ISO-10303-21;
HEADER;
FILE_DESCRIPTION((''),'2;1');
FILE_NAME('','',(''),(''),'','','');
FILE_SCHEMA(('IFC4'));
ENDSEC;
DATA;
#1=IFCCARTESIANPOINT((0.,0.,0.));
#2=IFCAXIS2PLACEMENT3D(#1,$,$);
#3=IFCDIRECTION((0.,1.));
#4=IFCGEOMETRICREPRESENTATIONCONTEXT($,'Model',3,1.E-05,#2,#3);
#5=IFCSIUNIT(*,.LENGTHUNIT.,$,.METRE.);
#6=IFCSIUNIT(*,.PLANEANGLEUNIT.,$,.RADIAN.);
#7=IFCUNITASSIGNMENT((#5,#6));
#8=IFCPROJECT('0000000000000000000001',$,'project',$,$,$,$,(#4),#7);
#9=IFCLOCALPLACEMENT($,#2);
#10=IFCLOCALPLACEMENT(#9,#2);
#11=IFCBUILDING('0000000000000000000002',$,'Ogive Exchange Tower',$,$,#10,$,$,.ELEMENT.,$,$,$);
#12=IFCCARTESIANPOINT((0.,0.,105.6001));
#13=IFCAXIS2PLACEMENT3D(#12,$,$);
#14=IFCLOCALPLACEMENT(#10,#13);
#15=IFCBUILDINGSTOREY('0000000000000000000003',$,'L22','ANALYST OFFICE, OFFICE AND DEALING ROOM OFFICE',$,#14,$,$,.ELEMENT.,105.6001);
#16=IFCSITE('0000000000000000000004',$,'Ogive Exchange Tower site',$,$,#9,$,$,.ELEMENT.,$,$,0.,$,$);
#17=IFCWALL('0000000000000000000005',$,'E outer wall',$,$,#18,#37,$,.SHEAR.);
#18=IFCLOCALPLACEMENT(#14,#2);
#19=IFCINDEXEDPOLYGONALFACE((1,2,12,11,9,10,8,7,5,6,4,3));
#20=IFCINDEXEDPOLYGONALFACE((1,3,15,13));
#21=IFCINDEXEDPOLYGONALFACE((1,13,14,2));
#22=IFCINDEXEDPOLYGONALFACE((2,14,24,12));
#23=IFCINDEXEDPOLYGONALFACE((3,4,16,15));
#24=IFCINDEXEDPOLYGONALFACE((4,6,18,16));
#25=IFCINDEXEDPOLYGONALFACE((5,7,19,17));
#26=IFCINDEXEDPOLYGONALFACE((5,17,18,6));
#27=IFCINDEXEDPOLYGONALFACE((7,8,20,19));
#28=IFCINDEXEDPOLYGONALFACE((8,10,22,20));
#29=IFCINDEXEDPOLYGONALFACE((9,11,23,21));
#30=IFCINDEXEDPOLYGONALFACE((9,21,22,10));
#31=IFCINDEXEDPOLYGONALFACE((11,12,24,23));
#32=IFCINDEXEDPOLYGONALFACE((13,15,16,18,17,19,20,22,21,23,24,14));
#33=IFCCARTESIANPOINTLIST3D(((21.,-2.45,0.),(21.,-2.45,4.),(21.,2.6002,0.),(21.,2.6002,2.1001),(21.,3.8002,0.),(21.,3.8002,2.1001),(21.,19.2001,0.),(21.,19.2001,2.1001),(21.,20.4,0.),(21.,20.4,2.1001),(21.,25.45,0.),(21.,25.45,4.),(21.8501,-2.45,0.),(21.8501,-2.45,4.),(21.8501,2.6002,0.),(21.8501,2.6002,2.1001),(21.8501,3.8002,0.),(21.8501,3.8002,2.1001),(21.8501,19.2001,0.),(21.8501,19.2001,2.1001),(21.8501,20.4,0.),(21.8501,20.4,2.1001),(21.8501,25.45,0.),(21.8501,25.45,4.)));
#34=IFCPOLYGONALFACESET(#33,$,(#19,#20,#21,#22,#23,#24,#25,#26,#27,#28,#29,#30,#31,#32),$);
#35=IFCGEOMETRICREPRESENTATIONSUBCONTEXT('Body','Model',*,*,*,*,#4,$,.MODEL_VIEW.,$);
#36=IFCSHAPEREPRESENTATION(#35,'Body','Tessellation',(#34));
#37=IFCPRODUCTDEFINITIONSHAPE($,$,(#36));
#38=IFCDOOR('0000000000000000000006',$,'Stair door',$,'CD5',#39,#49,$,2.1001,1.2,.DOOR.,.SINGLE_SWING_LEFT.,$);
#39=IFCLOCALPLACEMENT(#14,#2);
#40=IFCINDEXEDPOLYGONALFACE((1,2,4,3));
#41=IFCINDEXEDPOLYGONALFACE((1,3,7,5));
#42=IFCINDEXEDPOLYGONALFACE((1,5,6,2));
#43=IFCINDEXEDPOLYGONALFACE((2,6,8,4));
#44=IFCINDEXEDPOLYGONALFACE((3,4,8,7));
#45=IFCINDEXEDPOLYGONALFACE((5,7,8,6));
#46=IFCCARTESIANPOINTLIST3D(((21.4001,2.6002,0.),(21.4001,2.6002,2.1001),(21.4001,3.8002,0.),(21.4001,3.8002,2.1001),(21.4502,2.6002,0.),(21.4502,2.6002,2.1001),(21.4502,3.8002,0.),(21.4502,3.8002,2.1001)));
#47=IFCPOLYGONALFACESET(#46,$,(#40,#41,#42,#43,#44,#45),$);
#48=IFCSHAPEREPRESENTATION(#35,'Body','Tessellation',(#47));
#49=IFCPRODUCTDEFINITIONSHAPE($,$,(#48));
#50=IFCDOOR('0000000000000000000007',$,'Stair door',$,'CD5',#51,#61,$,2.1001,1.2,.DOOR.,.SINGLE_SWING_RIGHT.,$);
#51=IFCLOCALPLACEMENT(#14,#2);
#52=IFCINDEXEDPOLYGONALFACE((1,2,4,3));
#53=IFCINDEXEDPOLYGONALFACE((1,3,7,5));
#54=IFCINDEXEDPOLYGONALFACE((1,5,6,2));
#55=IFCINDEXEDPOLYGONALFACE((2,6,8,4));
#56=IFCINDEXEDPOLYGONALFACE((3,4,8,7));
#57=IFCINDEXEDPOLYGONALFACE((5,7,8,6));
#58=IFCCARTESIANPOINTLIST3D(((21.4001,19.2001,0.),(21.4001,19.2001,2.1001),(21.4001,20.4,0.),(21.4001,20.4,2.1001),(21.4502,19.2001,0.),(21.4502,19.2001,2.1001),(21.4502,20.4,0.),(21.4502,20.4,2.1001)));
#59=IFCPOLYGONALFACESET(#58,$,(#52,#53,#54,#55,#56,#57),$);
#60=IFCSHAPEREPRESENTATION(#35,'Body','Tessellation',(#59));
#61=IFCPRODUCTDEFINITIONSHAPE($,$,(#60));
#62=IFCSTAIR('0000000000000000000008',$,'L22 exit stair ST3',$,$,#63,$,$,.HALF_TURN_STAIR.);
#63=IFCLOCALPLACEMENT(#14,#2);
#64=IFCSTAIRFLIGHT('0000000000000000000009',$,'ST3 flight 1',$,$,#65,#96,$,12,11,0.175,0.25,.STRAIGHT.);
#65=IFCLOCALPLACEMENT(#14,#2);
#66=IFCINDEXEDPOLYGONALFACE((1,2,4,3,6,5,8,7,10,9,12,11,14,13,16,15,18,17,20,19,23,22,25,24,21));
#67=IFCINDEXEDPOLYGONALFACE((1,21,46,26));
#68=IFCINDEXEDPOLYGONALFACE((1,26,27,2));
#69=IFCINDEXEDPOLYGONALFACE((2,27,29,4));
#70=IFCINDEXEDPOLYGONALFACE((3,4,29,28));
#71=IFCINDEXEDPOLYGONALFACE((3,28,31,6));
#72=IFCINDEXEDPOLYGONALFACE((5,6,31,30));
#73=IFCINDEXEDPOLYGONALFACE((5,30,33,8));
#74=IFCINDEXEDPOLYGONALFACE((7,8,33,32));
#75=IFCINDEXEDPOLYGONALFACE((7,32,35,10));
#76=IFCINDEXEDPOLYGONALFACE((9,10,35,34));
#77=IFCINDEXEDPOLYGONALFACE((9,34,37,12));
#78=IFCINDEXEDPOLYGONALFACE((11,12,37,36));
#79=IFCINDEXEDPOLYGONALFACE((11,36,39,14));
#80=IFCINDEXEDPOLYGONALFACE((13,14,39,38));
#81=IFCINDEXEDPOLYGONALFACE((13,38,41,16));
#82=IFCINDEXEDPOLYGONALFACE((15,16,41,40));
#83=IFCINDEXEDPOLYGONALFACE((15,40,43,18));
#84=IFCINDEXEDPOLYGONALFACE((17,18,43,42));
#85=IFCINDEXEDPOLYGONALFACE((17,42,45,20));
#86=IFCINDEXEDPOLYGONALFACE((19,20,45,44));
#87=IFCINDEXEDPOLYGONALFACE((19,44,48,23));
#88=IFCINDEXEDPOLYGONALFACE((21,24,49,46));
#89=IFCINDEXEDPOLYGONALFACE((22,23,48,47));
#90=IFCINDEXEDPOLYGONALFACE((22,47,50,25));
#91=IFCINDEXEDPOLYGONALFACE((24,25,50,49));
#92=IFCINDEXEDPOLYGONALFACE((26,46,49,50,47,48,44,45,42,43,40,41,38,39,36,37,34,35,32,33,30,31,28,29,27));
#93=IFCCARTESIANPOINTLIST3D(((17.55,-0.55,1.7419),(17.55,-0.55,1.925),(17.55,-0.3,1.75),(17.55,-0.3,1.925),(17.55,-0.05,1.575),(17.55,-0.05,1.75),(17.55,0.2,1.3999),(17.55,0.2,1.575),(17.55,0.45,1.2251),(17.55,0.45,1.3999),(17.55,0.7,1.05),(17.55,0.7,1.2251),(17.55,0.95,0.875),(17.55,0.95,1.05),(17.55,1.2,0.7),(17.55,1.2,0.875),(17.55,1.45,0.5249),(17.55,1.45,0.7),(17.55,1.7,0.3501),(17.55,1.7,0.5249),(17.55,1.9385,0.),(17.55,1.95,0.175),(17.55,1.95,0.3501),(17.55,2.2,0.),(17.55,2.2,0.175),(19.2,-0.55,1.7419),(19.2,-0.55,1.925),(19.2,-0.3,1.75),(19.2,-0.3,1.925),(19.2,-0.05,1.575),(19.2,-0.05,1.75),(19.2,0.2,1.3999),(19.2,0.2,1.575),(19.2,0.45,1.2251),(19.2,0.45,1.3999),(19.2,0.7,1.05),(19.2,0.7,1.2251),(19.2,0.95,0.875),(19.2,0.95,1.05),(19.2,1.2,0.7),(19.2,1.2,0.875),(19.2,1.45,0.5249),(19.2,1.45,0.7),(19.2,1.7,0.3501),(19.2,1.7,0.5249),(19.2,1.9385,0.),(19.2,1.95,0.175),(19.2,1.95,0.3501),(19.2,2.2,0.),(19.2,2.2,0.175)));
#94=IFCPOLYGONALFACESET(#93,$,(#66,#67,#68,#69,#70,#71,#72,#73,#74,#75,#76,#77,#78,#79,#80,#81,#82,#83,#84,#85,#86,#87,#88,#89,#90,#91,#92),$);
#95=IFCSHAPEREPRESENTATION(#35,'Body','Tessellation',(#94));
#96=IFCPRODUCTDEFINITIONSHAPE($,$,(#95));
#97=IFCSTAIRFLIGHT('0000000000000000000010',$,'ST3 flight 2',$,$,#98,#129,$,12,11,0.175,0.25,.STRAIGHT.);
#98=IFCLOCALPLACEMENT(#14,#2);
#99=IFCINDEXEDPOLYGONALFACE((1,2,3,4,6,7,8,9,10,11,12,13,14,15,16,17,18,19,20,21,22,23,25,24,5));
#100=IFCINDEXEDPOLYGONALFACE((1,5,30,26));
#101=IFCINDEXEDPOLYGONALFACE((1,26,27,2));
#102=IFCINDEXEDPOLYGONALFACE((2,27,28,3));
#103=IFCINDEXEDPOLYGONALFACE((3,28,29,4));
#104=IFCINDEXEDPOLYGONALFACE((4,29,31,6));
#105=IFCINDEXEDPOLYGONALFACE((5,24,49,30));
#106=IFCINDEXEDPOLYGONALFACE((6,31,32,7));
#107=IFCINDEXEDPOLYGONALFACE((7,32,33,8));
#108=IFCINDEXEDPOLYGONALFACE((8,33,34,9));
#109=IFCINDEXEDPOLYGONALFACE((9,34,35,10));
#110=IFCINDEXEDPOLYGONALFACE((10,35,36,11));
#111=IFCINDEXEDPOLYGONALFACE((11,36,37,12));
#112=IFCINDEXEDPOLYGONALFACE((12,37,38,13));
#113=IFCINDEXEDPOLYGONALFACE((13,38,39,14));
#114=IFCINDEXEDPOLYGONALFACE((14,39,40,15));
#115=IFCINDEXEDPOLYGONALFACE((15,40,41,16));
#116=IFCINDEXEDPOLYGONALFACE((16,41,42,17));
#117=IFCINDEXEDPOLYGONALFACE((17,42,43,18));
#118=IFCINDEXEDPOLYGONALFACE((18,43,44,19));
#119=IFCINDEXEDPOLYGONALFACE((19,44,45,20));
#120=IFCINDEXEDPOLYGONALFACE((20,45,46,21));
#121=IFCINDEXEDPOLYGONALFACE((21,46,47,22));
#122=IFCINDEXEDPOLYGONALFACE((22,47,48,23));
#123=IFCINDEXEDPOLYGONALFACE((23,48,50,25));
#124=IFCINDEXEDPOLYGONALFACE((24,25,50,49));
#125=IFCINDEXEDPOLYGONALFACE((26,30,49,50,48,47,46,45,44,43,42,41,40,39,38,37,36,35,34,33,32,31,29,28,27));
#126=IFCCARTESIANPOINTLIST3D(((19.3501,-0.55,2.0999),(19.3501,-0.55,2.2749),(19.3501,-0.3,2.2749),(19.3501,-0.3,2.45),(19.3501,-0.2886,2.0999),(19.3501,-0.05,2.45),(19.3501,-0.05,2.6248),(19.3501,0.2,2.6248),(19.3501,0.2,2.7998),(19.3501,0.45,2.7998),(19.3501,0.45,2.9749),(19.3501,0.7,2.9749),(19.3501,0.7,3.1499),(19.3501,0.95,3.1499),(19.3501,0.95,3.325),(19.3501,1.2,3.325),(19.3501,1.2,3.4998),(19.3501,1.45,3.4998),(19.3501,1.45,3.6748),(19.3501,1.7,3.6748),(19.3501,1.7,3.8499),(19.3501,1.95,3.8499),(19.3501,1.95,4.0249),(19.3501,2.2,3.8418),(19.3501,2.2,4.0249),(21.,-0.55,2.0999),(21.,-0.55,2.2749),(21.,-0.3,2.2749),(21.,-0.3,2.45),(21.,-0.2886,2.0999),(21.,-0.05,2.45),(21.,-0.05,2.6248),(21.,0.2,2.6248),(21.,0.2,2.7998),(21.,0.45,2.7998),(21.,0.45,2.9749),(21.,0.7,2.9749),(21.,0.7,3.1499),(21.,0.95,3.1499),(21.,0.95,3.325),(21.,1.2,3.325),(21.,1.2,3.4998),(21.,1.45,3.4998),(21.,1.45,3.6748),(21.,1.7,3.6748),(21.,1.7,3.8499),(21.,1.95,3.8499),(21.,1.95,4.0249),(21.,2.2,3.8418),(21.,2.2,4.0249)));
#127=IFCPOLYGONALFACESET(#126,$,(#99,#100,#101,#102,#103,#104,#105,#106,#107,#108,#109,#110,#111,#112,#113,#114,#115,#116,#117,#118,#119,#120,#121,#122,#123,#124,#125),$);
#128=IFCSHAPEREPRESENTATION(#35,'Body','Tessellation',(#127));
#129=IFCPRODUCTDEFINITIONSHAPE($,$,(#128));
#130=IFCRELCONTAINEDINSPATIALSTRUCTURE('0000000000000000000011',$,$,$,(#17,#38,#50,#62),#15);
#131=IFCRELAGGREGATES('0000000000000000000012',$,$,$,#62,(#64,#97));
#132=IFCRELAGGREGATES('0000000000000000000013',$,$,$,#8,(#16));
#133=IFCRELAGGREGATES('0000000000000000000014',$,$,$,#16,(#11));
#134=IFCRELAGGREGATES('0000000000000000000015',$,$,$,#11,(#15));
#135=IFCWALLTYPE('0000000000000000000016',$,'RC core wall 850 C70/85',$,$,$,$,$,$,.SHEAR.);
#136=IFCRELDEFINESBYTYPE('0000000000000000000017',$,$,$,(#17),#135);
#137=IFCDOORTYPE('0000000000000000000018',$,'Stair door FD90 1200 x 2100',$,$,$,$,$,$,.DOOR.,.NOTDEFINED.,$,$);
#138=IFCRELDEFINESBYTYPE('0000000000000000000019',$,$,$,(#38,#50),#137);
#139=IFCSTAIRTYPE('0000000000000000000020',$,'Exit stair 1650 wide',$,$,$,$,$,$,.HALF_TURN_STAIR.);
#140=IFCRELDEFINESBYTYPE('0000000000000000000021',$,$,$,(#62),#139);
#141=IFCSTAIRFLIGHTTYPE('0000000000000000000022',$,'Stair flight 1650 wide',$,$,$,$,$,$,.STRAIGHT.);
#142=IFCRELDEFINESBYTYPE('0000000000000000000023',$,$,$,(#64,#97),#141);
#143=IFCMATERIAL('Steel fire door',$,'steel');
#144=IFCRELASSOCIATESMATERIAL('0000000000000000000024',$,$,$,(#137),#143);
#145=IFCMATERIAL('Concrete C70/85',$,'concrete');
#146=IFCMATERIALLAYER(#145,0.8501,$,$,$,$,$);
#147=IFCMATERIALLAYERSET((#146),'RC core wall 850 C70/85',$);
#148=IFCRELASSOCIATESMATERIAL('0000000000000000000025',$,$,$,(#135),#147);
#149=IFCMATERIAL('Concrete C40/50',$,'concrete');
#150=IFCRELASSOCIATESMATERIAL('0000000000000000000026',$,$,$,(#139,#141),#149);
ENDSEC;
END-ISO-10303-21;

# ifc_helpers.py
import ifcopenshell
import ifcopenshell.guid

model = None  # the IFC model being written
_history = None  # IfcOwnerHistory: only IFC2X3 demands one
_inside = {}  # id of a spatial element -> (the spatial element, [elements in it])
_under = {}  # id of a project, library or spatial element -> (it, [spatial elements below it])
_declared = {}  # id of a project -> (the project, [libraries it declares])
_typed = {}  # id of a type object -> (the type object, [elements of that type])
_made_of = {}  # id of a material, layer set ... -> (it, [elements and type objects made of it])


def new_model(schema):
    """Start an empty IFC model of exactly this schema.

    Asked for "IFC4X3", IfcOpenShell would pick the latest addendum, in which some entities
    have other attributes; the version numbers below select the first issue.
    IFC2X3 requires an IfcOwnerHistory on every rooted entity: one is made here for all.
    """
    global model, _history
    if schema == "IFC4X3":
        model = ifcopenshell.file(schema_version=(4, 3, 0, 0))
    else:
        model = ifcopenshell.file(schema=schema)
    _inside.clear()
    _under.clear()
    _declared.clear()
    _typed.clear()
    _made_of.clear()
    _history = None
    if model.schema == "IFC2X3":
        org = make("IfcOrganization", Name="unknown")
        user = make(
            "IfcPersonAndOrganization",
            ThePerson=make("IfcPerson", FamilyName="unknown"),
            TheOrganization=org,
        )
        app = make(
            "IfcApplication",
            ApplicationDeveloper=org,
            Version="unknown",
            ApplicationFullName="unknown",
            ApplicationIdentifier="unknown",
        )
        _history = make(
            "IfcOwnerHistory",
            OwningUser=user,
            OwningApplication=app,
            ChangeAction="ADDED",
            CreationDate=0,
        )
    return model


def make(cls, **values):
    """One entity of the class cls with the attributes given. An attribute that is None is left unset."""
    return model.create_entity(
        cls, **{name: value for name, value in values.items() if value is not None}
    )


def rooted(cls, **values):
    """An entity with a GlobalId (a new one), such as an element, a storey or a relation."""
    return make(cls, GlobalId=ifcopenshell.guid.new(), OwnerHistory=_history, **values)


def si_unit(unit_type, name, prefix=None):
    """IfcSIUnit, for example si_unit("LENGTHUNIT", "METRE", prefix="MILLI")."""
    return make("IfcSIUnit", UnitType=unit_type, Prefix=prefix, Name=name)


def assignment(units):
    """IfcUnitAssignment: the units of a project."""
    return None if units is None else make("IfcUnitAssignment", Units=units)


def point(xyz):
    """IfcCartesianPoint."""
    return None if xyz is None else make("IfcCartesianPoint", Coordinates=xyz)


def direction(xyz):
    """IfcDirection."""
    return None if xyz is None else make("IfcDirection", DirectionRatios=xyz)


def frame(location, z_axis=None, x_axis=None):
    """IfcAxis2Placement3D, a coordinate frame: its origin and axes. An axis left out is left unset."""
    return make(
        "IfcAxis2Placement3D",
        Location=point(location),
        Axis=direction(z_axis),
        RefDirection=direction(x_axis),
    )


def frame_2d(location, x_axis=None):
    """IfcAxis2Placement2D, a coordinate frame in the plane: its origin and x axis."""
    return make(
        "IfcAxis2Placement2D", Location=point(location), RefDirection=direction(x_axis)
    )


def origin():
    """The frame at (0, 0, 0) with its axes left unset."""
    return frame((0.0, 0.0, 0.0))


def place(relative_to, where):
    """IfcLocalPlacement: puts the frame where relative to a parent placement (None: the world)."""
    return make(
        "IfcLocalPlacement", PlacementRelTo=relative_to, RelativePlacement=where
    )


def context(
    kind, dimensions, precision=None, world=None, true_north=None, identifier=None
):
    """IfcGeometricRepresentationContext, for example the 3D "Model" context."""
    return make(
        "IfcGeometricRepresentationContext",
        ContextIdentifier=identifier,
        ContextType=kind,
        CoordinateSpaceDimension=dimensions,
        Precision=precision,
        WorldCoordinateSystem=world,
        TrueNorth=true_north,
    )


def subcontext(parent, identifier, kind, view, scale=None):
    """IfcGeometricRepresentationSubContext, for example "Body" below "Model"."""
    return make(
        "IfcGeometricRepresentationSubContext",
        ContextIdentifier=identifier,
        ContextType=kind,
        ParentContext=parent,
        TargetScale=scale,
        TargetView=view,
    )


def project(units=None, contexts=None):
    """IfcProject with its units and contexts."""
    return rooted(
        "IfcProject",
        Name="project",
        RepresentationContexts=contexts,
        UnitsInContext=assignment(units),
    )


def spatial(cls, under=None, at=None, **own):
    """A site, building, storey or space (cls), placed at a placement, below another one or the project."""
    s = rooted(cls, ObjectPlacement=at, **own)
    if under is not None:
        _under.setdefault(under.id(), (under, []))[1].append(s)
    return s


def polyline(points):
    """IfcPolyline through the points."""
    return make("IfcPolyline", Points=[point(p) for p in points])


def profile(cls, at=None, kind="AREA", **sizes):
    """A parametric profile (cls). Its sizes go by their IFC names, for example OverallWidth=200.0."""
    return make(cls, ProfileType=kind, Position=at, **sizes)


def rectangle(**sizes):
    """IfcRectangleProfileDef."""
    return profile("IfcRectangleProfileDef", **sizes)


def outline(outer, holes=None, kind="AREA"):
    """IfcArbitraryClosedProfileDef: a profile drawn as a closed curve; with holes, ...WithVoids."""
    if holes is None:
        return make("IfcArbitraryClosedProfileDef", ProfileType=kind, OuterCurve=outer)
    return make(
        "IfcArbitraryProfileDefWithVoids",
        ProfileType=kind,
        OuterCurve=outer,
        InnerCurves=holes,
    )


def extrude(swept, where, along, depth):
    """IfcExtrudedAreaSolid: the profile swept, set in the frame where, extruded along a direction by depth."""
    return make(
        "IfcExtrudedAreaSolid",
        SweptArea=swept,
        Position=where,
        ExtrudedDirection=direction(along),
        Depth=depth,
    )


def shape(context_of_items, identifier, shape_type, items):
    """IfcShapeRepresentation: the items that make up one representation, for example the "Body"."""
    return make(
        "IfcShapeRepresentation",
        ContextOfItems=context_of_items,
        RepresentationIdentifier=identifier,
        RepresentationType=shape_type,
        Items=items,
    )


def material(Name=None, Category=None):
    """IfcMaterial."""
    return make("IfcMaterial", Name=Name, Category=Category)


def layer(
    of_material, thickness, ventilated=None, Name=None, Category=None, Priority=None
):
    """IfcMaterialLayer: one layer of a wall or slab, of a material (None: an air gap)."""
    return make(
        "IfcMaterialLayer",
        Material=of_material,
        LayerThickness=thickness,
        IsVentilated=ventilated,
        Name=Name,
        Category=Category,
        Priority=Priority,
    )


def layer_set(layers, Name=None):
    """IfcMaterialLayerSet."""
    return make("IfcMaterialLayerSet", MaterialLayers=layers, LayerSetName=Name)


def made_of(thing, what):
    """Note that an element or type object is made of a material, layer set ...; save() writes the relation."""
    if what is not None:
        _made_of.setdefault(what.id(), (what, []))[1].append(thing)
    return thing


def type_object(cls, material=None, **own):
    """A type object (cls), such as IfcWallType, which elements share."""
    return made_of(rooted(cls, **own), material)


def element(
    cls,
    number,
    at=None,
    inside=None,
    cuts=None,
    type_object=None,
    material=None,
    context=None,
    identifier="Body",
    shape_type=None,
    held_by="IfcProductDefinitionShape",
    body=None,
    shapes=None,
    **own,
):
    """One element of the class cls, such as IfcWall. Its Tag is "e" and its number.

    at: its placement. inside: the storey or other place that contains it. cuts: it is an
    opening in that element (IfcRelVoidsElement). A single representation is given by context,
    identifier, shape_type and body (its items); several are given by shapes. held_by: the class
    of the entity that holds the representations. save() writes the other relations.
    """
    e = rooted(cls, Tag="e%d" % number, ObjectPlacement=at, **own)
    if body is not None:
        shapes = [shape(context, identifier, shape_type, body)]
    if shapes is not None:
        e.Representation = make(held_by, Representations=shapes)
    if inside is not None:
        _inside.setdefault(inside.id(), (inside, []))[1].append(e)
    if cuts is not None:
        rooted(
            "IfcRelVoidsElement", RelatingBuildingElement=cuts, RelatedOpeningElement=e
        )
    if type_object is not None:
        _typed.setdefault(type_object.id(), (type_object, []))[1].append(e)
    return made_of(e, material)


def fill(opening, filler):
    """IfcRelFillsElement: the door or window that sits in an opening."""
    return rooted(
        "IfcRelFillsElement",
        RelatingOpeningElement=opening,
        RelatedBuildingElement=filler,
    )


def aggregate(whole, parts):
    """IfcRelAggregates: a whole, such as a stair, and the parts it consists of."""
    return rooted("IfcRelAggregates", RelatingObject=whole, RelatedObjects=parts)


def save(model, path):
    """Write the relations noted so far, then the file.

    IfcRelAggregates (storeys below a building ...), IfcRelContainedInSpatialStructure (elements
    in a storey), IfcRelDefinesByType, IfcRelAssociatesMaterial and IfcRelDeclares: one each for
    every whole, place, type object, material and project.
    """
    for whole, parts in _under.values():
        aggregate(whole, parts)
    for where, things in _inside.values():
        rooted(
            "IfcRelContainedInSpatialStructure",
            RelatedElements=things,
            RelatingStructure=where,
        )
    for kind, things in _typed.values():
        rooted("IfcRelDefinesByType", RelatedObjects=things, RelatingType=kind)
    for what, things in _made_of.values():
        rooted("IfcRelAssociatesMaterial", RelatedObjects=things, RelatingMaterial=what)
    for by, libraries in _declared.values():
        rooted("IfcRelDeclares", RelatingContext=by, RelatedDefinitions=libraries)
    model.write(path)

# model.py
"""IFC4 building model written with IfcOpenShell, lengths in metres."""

from ifc_helpers import new_model, si_unit, direction, frame, frame_2d, origin, place, context, subcontext, project, spatial, polyline, rectangle, outline, extrude, material, layer, layer_set, type_object, element, fill, aggregate, save


model = new_model("IFC4")

# Units and contexts
model_context = context("Model", 3, precision=1e-05, world=origin(), true_north=direction((0.0, 1.0)))
body_context = subcontext(model_context, "Body", "Model", "MODEL_VIEW")
ifc_project = project(units=[si_unit("LENGTHUNIT", "METRE"), si_unit("PLANEANGLEUNIT", "RADIAN")], contexts=[model_context])

# Site, building, storey
site_placement = place(None, origin())
site = spatial("IfcSite", under=ifc_project, at=site_placement, Name="Ogive Exchange Tower site", CompositionType="ELEMENT", RefElevation=0.0)
building_placement = place(site_placement, origin())
building = spatial("IfcBuilding", under=site, at=building_placement, Name="Ogive Exchange Tower", CompositionType="ELEMENT")
storey_placement = place(building_placement, frame((0.0, 0.0, 105.6001)))
storey = spatial("IfcBuildingStorey", under=building, at=storey_placement, Name="L22", Description="ANALYST OFFICE, OFFICE AND DEALING ROOM OFFICE", CompositionType="ELEMENT", Elevation=105.6001)

# Shared definitions
ifc_material_1 = material(Name="Concrete C70/85", Category="concrete")
ifc_material_2 = material(Name="Steel fire door", Category="steel")
door_type_1 = type_object("IfcDoorType", Name="Stair door FD90 1200 x 2100", OperationType="NOTDEFINED", PredefinedType="DOOR", material=ifc_material_2)

# Wall, openings, doors
ifc_layer_1 = layer(ifc_material_1, 0.8501)
ifc_layer_set_1 = layer_set([ifc_layer_1], Name="RC core wall 850 C70/85")
wall_type_1 = type_object("IfcWallType", Name="RC core wall 850 C70/85", PredefinedType="SHEAR", material=ifc_layer_set_1)
wall_1_placement = place(storey_placement, frame((21.425, -2.45, 0.0), z_axis=(0.0, 0.0, 1.0), x_axis=(0.0, 1.0, 0.0)))
wall_1 = element("IfcWall", 1, at=wall_1_placement, inside=storey, type_object=wall_type_1, Name="E outer wall", PredefinedType="SHEAR", context=body_context, shape_type="SweptSolid", body=[
    extrude(rectangle(XDim=27.8999, YDim=0.8501, at=frame_2d((13.95, 0.0))), origin(), (0.0, 0.0, 1.0), 4.0),
])
opening_1_placement = place(wall_1_placement, frame((5.05, 0.0, 0.0)))
opening_1 = element("IfcOpeningElement", 2, at=opening_1_placement, cuts=wall_1, PredefinedType="OPENING", context=body_context, shape_type="SweptSolid", body=[
    extrude(rectangle(XDim=1.2, YDim=2.1001, at=frame_2d((0.6001, 1.05))), frame((0.0, 0.4351, 0.0), z_axis=(0.0, -1.0, 0.0), x_axis=(1.0, 0.0, 0.0)), (0.0, 0.0, 1.0), 0.8701),
])
opening_2_placement = place(wall_1_placement, frame((21.6499, 0.0, 0.0)))
opening_2 = element("IfcOpeningElement", 3, at=opening_2_placement, cuts=wall_1, PredefinedType="OPENING", context=body_context, shape_type="SweptSolid", body=[
    extrude(rectangle(XDim=1.2, YDim=2.1001, at=frame_2d((0.6001, 1.05))), frame((0.0, 0.4351, 0.0), z_axis=(0.0, -1.0, 0.0), x_axis=(1.0, 0.0, 0.0)), (0.0, 0.0, 1.0), 0.8701),
])
door_1_placement = place(opening_1_placement, origin())
door_1 = element("IfcDoor", 4, at=door_1_placement, inside=storey, type_object=door_type_1, Name="Stair door", ObjectType="CD5", OperationType="SINGLE_SWING_LEFT", OverallHeight=2.1001, OverallWidth=1.2, PredefinedType="DOOR", context=body_context, shape_type="SweptSolid", body=[
    extrude(rectangle(XDim=1.2, YDim=2.1001, at=frame_2d((0.6001, 1.05))), frame((0.0, 0.0249, 0.0), z_axis=(0.0, -1.0, 0.0), x_axis=(1.0, 0.0, 0.0)), (0.0, 0.0, 1.0), 0.05),
])
fill(opening_1, door_1)
door_2_placement = place(opening_2_placement, origin())
door_2 = element("IfcDoor", 5, at=door_2_placement, inside=storey, type_object=door_type_1, Name="Stair door", ObjectType="CD5", OperationType="SINGLE_SWING_RIGHT", OverallHeight=2.1001, OverallWidth=1.2, PredefinedType="DOOR", context=body_context, shape_type="SweptSolid", body=[
    extrude(rectangle(XDim=1.2, YDim=2.1001, at=frame_2d((0.6001, 1.05))), frame((0.0, 0.0249, 0.0), z_axis=(0.0, -1.0, 0.0), x_axis=(1.0, 0.0, 0.0)), (0.0, 0.0, 1.0), 0.05),
])
fill(opening_2, door_2)

# Stair, stair flights
ifc_material_3 = material(Name="Concrete C40/50", Category="concrete")
stair_type = type_object("IfcStairType", Name="Exit stair 1650 wide", PredefinedType="HALF_TURN_STAIR", material=ifc_material_3)
stair_placement = place(storey_placement, origin())
stair = element("IfcStair", 6, at=stair_placement, inside=storey, type_object=stair_type, Name="L22 exit stair ST3", PredefinedType="HALF_TURN_STAIR")
stair_flight_type = type_object("IfcStairFlightType", Name="Stair flight 1650 wide", PredefinedType="STRAIGHT", material=ifc_material_3)
stair_flight_1_placement = place(storey_placement, frame((18.375, 2.2, 0.0), z_axis=(0.0, 0.0, 1.0), x_axis=(0.0, -1.0, 0.0)))
stair_flight_1 = element("IfcStairFlight", 7, at=stair_flight_1_placement, type_object=stair_flight_type, Name="ST3 flight 1", NumberOfRisers=12, NumberOfTreads=11, PredefinedType="STRAIGHT", RiserHeight=0.175, TreadLength=0.25, context=body_context, shape_type="SweptSolid", body=[
    extrude(outline(polyline([(0.0, 0.0), (0.0, 0.175), (0.25, 0.175), (0.25, 0.3501), (0.5, 0.3501), (0.5, 0.5249), (0.75, 0.5249), (0.75, 0.7), (1.0, 0.7), (1.0, 0.875), (1.25, 0.875), (1.25, 1.05), (1.5, 1.05), (1.5, 1.2251), (1.75, 1.2251), (1.75, 1.3999), (2.0, 1.3999), (2.0, 1.575), (2.25, 1.575), (2.25, 1.75), (2.5, 1.75), (2.5, 1.925), (2.75, 1.925), (2.75, 2.1001), (2.75, 1.7419), (0.2615, 0.0), (0.0, 0.0)])), frame((0.0, 0.825, 0.0), z_axis=(0.0, -1.0, 0.0), x_axis=(1.0, 0.0, 0.0)), (0.0, 0.0, 1.0), 1.6499),
])
stair_flight_2_placement = place(storey_placement, frame((20.175, -0.55, 2.0999), z_axis=(0.0, 0.0, 1.0), x_axis=(0.0, 1.0, 0.0)))
stair_flight_2 = element("IfcStairFlight", 8, at=stair_flight_2_placement, type_object=stair_flight_type, Name="ST3 flight 2", NumberOfRisers=12, NumberOfTreads=11, PredefinedType="STRAIGHT", RiserHeight=0.175, TreadLength=0.25, context=body_context, shape_type="SweptSolid", body=[
    extrude(outline(polyline([(0.0, 0.0), (0.0, 0.175), (0.25, 0.175), (0.25, 0.3501), (0.5, 0.3501), (0.5, 0.5249), (0.75, 0.5249), (0.75, 0.7), (1.0, 0.7), (1.0, 0.875), (1.25, 0.875), (1.25, 1.05), (1.5, 1.05), (1.5, 1.2251), (1.75, 1.2251), (1.75, 1.3999), (2.0, 1.3999), (2.0, 1.575), (2.25, 1.575), (2.25, 1.75), (2.5, 1.75), (2.5, 1.925), (2.75, 1.925), (2.75, 2.1001), (2.75, 1.7419), (0.2615, 0.0), (0.0, 0.0)])), frame((0.0, 0.825, 0.0), z_axis=(0.0, -1.0, 0.0), x_axis=(1.0, 0.0, 0.0)), (0.0, 0.0, 1.0), 1.6499),
])
aggregate(stair, [stair_flight_1, stair_flight_2])

save(model, "model.ifc")
